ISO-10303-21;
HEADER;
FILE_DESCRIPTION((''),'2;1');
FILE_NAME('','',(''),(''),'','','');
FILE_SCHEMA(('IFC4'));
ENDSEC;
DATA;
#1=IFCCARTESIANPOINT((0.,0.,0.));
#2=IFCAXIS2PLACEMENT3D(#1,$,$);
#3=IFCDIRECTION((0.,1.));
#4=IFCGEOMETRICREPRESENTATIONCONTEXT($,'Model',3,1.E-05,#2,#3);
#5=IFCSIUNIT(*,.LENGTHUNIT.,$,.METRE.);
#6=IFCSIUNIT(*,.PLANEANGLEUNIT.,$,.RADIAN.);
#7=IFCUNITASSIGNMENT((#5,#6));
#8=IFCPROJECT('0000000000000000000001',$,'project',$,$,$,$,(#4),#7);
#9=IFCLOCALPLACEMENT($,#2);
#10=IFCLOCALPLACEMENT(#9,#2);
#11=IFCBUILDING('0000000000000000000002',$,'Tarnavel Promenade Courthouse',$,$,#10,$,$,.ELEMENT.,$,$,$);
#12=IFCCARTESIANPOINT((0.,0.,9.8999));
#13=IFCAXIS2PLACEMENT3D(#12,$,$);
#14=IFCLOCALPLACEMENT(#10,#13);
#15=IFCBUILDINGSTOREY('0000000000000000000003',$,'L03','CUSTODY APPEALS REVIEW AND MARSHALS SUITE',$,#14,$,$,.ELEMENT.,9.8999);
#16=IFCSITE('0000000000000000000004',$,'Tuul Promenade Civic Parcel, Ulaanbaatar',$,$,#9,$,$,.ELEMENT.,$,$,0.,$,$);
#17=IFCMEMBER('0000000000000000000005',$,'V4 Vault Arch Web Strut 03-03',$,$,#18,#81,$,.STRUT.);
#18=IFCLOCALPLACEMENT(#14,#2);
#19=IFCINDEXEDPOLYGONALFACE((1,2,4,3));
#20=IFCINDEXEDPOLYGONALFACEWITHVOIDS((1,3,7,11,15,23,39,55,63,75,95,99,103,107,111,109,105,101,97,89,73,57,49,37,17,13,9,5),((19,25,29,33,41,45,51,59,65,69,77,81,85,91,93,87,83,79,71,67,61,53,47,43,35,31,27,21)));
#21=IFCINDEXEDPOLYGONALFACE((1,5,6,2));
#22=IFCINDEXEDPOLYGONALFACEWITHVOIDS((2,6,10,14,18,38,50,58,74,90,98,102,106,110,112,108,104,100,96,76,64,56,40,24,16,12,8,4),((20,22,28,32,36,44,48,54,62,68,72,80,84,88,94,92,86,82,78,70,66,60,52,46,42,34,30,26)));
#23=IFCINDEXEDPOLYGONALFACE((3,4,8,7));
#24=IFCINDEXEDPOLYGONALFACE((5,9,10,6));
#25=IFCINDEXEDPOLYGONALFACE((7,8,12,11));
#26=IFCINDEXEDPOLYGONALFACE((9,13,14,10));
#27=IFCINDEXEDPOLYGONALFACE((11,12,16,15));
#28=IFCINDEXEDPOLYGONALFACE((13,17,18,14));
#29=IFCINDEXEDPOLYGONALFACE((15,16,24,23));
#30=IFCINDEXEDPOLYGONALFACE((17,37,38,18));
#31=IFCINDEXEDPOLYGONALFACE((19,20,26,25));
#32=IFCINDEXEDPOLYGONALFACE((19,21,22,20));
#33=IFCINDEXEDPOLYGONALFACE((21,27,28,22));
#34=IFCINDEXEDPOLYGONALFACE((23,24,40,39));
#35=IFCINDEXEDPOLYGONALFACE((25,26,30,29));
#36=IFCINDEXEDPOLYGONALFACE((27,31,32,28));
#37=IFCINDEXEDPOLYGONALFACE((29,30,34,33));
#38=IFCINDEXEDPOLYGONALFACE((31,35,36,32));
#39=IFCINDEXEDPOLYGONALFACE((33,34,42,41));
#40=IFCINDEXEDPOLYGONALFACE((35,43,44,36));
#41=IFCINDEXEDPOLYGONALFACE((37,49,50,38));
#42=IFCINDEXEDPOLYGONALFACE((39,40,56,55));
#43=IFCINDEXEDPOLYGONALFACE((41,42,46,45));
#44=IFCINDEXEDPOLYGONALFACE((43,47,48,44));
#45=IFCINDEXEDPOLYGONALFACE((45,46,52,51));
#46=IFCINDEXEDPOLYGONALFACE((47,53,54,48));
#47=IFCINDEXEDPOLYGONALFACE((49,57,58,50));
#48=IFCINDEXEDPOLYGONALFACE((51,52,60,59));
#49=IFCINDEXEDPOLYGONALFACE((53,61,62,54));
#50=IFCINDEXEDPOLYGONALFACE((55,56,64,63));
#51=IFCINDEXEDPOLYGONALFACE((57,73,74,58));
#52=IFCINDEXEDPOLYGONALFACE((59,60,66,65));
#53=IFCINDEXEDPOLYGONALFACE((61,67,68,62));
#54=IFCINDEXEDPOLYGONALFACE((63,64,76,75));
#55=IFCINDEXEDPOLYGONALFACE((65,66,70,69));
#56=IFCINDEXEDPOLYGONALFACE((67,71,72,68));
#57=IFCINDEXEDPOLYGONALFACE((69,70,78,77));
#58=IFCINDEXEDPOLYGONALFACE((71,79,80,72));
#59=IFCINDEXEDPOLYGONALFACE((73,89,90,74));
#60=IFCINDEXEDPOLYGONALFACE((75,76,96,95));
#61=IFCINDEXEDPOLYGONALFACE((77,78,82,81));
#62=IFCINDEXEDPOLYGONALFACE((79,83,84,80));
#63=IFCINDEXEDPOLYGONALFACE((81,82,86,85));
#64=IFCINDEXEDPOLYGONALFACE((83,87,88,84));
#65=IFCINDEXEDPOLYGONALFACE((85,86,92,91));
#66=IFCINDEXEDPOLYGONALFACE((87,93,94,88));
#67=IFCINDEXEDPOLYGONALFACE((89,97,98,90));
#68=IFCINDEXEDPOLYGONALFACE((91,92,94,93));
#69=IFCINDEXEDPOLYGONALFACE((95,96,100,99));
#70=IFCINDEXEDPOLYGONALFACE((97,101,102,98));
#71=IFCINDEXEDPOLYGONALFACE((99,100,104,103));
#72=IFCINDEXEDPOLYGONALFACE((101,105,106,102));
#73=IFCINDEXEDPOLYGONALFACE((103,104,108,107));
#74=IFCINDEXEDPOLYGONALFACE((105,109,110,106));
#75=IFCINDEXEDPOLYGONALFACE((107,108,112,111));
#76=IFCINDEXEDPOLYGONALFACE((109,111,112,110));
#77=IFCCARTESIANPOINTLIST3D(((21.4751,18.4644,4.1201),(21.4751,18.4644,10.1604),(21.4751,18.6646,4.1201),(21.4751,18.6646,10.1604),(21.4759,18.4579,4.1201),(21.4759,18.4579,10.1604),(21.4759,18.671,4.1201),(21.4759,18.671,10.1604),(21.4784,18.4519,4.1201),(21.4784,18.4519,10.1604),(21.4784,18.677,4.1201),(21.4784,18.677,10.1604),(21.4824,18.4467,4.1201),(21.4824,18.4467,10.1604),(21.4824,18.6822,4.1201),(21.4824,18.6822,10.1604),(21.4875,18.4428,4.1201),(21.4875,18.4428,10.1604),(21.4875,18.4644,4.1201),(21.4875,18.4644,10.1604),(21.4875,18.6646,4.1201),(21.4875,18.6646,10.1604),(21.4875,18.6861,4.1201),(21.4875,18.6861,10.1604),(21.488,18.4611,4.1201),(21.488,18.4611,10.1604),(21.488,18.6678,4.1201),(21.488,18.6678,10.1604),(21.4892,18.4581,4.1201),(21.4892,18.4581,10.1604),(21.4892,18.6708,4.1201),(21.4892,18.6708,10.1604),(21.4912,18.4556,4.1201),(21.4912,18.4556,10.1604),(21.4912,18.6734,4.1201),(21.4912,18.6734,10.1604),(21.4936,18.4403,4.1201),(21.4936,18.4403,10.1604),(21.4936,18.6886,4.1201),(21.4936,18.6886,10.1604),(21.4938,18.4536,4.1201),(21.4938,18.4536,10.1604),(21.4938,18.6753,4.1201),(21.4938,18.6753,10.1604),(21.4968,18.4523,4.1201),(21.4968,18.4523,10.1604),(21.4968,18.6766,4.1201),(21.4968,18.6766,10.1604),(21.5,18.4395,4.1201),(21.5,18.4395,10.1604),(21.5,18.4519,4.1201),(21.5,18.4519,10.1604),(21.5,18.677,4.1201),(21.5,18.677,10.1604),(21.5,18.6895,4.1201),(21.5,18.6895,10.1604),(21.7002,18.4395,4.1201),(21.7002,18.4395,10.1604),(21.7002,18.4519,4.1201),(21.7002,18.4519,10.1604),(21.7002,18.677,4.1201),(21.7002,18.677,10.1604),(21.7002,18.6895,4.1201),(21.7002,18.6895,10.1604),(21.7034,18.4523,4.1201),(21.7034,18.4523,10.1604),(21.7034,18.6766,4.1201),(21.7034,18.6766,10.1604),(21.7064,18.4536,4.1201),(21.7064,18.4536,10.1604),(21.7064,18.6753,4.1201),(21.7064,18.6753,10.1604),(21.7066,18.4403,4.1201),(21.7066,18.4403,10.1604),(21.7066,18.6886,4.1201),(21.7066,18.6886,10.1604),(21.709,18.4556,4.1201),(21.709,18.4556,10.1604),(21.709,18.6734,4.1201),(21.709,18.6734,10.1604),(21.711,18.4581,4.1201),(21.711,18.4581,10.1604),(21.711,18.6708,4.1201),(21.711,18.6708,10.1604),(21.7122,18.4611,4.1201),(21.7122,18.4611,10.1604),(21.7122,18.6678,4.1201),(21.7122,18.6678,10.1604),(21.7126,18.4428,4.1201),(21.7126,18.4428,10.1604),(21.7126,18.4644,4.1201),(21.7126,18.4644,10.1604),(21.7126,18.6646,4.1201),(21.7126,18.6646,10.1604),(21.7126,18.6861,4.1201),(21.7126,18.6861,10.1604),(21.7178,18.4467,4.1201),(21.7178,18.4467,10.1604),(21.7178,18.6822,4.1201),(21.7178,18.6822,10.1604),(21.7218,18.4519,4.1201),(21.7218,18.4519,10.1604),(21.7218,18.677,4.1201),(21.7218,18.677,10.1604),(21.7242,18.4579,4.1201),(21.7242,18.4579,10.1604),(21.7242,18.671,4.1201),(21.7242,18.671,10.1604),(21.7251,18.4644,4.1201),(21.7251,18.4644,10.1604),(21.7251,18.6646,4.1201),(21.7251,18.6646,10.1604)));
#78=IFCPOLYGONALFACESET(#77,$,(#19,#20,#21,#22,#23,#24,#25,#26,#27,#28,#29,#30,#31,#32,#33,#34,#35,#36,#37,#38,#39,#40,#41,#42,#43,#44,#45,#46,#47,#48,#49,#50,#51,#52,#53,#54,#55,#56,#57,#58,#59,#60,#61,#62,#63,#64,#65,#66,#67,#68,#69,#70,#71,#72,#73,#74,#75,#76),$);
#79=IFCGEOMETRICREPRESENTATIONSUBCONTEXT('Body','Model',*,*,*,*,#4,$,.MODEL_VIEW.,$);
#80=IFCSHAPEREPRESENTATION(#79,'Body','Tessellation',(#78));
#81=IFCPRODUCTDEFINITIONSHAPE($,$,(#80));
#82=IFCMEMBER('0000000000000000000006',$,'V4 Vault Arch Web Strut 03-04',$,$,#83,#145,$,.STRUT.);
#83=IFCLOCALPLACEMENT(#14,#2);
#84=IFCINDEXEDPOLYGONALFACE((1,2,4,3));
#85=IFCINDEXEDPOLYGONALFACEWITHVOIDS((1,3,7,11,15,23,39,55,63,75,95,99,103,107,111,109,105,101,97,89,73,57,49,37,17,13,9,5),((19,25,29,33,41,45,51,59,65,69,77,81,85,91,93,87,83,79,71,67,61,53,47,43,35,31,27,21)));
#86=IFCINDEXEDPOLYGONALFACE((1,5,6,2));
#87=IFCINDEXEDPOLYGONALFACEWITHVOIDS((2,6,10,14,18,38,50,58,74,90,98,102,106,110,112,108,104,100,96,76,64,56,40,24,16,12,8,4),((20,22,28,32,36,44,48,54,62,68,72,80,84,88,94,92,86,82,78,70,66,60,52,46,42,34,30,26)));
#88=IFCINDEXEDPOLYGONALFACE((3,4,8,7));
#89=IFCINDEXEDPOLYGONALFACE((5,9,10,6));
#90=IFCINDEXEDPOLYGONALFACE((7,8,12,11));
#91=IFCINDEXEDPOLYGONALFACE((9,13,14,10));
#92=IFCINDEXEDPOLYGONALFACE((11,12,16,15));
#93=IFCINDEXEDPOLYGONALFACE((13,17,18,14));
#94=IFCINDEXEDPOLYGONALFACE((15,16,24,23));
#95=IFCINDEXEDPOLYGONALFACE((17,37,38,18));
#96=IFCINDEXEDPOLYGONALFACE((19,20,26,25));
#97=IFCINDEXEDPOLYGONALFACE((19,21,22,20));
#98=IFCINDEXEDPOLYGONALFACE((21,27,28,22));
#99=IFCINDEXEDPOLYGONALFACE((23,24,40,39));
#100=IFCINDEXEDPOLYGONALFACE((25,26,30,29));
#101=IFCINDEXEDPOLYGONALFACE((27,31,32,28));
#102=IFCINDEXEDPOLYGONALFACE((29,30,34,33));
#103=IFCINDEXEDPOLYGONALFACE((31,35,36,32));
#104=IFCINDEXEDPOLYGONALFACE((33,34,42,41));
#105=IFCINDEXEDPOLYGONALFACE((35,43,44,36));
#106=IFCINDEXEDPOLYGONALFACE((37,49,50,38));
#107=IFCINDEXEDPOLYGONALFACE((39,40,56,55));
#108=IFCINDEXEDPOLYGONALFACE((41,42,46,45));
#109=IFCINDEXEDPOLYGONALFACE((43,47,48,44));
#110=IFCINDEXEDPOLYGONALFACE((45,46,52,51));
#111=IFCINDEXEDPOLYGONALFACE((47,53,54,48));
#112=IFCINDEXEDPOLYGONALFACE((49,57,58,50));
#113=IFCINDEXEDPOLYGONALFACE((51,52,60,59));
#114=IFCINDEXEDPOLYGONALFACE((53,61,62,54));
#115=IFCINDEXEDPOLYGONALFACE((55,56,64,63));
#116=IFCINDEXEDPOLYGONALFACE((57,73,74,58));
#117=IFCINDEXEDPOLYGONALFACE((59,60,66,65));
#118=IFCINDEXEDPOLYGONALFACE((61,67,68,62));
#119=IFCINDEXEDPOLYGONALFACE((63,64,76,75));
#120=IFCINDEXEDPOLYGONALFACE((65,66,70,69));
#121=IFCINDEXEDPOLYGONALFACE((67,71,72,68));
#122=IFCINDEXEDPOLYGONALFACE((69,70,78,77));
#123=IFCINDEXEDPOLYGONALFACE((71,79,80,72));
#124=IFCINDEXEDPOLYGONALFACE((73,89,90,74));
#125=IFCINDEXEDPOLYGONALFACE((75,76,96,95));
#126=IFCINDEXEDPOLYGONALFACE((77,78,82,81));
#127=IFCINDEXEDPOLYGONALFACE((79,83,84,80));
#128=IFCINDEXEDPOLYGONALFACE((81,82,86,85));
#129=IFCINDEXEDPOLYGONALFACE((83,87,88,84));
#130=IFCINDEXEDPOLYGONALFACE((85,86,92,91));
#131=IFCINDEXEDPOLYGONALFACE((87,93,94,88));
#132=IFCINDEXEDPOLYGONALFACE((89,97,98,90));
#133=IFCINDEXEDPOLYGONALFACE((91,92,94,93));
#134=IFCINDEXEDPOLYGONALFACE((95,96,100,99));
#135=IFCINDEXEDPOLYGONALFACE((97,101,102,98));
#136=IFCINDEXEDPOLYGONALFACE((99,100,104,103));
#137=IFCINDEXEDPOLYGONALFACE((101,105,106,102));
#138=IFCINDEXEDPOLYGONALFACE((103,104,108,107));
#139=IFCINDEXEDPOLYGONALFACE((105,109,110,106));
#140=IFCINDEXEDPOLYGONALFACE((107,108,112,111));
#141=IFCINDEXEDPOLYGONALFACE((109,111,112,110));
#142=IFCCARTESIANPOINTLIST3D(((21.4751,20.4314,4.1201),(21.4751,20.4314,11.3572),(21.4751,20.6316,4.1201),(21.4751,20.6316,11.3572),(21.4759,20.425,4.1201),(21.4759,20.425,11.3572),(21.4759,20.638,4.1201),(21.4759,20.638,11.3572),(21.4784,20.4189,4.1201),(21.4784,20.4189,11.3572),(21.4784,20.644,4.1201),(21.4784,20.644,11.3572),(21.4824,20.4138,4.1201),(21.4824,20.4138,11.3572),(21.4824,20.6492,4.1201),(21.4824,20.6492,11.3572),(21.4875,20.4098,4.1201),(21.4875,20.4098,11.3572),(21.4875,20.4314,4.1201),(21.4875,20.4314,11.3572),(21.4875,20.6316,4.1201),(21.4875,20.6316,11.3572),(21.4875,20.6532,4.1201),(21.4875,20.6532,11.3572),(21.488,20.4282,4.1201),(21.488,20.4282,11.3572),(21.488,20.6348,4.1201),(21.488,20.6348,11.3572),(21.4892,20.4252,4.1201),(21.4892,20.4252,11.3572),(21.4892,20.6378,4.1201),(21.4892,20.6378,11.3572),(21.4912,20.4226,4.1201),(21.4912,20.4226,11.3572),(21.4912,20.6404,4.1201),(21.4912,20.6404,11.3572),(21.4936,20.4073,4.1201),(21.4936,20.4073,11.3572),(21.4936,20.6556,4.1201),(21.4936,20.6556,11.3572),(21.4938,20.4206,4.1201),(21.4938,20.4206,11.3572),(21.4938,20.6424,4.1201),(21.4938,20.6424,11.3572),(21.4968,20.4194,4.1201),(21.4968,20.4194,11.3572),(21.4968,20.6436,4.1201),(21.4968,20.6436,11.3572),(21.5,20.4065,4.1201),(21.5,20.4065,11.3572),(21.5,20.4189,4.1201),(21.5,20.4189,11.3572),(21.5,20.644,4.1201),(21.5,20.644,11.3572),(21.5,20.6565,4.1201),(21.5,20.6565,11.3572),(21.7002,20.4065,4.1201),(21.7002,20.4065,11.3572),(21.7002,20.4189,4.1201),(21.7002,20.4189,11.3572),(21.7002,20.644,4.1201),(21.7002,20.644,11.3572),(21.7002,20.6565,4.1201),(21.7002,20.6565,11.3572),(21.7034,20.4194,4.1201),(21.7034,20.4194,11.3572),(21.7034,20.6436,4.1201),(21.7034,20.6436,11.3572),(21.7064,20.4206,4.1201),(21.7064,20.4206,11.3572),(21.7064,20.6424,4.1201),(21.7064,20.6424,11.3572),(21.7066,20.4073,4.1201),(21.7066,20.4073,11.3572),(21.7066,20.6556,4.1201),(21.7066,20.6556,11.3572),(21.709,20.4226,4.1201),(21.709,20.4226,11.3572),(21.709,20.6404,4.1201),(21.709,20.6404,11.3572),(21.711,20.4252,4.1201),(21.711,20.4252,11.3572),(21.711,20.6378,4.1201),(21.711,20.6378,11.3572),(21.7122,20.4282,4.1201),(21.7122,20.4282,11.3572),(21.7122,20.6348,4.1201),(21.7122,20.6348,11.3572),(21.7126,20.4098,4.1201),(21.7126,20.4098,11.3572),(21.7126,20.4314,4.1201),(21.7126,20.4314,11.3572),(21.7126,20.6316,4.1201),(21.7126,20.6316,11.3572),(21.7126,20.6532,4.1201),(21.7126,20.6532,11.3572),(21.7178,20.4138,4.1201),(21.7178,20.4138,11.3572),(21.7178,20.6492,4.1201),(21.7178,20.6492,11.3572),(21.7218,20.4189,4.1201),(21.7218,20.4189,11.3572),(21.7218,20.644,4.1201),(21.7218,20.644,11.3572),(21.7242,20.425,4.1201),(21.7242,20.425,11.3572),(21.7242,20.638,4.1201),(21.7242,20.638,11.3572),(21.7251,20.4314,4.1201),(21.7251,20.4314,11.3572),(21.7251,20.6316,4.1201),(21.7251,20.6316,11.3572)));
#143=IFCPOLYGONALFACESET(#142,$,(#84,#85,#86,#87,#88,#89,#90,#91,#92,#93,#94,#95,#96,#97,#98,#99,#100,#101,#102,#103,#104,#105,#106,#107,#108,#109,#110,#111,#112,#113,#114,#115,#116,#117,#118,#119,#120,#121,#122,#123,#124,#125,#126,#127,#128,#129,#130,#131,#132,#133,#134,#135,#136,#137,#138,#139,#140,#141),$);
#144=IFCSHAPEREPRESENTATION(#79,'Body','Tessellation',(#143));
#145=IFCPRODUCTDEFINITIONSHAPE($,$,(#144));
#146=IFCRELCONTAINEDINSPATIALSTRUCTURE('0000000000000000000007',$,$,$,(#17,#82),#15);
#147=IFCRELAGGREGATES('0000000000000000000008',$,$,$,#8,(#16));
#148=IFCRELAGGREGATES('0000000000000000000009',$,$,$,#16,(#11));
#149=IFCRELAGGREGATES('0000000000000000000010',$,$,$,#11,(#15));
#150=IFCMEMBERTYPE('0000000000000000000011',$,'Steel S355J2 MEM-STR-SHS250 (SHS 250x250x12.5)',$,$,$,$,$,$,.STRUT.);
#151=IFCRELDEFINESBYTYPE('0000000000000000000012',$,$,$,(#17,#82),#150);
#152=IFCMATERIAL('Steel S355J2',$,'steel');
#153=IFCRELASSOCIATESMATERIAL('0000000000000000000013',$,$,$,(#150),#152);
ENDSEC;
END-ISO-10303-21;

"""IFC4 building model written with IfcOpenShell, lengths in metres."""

from ifc_helpers import new_model, si_unit, direction, frame, origin, origin_2d, place, context, subcontext, project, spatial, hollow_rectangle, extrude, material, material_profile, profile_set, type_object, element, save


model = new_model("IFC4")

# Units and contexts
model_context = context("Model", 3, precision=1e-05, world=origin(), true_north=direction((0.0, 1.0)))
body_context = subcontext(model_context, "Body", "Model", "MODEL_VIEW")
ifc_project = project(units=[si_unit("LENGTHUNIT", "METRE"), si_unit("PLANEANGLEUNIT", "RADIAN")], contexts=[model_context])

# Site, building, storey
site_placement = place(None, origin())
site = spatial("IfcSite", under=ifc_project, at=site_placement, Name="Tuul Promenade Civic Parcel, Ulaanbaatar", CompositionType="ELEMENT", RefElevation=0.0)
building_placement = place(site_placement, origin())
building = spatial("IfcBuilding", under=site, at=building_placement, Name="Tarnavel Promenade Courthouse", CompositionType="ELEMENT")
storey_placement = place(building_placement, frame((0.0, 0.0, 9.8999)))
storey = spatial("IfcBuildingStorey", under=building, at=storey_placement, Name="L03", Description="CUSTODY APPEALS REVIEW AND MARSHALS SUITE", CompositionType="ELEMENT", Elevation=9.8999)

# Members
ifc_material_1 = material(Name="Steel S355J2", Category="steel")
ifc_material_profile = material_profile(ifc_material_1, hollow_rectangle(XDim=0.25, YDim=0.25, WallThickness=0.0125, InnerFilletRadius=0.0125, OuterFilletRadius=0.0249, at=origin_2d()), Name="SHS 250x250x12.5")
ifc_profile_set = profile_set([ifc_material_profile], Name="Steel S355J2")
member_type = type_object("IfcMemberType", Name="Steel S355J2 MEM-STR-SHS250 (SHS 250x250x12.5)", PredefinedType="STRUT", material=ifc_profile_set)
member_1_placement = place(storey_placement, frame((21.6001, 18.5645, 4.1201), z_axis=(0.0, 0.0, 1.0), x_axis=(1.0, 0.0, 0.0)))
element("IfcMember", 1, at=member_1_placement, inside=storey, type_object=member_type, Name="V4 Vault Arch Web Strut 03-03", PredefinedType="STRUT", context=body_context, shape_type="SweptSolid", body=[
    extrude(hollow_rectangle(XDim=0.25, YDim=0.25, WallThickness=0.0125, InnerFilletRadius=0.0125, OuterFilletRadius=0.0249, at=origin_2d()), origin(), (0.0, 0.0, 1.0), 6.0403),
])
member_2_placement = place(storey_placement, frame((21.6001, 20.5315, 4.1201), z_axis=(0.0, 0.0, 1.0), x_axis=(1.0, 0.0, 0.0)))
element("IfcMember", 2, at=member_2_placement, inside=storey, type_object=member_type, Name="V4 Vault Arch Web Strut 03-04", PredefinedType="STRUT", context=body_context, shape_type="SweptSolid", body=[
    extrude(hollow_rectangle(XDim=0.25, YDim=0.25, WallThickness=0.0125, InnerFilletRadius=0.0125, OuterFilletRadius=0.0249, at=origin_2d()), origin(), (0.0, 0.0, 1.0), 7.2371),
])

save(model, "model.ifc")
